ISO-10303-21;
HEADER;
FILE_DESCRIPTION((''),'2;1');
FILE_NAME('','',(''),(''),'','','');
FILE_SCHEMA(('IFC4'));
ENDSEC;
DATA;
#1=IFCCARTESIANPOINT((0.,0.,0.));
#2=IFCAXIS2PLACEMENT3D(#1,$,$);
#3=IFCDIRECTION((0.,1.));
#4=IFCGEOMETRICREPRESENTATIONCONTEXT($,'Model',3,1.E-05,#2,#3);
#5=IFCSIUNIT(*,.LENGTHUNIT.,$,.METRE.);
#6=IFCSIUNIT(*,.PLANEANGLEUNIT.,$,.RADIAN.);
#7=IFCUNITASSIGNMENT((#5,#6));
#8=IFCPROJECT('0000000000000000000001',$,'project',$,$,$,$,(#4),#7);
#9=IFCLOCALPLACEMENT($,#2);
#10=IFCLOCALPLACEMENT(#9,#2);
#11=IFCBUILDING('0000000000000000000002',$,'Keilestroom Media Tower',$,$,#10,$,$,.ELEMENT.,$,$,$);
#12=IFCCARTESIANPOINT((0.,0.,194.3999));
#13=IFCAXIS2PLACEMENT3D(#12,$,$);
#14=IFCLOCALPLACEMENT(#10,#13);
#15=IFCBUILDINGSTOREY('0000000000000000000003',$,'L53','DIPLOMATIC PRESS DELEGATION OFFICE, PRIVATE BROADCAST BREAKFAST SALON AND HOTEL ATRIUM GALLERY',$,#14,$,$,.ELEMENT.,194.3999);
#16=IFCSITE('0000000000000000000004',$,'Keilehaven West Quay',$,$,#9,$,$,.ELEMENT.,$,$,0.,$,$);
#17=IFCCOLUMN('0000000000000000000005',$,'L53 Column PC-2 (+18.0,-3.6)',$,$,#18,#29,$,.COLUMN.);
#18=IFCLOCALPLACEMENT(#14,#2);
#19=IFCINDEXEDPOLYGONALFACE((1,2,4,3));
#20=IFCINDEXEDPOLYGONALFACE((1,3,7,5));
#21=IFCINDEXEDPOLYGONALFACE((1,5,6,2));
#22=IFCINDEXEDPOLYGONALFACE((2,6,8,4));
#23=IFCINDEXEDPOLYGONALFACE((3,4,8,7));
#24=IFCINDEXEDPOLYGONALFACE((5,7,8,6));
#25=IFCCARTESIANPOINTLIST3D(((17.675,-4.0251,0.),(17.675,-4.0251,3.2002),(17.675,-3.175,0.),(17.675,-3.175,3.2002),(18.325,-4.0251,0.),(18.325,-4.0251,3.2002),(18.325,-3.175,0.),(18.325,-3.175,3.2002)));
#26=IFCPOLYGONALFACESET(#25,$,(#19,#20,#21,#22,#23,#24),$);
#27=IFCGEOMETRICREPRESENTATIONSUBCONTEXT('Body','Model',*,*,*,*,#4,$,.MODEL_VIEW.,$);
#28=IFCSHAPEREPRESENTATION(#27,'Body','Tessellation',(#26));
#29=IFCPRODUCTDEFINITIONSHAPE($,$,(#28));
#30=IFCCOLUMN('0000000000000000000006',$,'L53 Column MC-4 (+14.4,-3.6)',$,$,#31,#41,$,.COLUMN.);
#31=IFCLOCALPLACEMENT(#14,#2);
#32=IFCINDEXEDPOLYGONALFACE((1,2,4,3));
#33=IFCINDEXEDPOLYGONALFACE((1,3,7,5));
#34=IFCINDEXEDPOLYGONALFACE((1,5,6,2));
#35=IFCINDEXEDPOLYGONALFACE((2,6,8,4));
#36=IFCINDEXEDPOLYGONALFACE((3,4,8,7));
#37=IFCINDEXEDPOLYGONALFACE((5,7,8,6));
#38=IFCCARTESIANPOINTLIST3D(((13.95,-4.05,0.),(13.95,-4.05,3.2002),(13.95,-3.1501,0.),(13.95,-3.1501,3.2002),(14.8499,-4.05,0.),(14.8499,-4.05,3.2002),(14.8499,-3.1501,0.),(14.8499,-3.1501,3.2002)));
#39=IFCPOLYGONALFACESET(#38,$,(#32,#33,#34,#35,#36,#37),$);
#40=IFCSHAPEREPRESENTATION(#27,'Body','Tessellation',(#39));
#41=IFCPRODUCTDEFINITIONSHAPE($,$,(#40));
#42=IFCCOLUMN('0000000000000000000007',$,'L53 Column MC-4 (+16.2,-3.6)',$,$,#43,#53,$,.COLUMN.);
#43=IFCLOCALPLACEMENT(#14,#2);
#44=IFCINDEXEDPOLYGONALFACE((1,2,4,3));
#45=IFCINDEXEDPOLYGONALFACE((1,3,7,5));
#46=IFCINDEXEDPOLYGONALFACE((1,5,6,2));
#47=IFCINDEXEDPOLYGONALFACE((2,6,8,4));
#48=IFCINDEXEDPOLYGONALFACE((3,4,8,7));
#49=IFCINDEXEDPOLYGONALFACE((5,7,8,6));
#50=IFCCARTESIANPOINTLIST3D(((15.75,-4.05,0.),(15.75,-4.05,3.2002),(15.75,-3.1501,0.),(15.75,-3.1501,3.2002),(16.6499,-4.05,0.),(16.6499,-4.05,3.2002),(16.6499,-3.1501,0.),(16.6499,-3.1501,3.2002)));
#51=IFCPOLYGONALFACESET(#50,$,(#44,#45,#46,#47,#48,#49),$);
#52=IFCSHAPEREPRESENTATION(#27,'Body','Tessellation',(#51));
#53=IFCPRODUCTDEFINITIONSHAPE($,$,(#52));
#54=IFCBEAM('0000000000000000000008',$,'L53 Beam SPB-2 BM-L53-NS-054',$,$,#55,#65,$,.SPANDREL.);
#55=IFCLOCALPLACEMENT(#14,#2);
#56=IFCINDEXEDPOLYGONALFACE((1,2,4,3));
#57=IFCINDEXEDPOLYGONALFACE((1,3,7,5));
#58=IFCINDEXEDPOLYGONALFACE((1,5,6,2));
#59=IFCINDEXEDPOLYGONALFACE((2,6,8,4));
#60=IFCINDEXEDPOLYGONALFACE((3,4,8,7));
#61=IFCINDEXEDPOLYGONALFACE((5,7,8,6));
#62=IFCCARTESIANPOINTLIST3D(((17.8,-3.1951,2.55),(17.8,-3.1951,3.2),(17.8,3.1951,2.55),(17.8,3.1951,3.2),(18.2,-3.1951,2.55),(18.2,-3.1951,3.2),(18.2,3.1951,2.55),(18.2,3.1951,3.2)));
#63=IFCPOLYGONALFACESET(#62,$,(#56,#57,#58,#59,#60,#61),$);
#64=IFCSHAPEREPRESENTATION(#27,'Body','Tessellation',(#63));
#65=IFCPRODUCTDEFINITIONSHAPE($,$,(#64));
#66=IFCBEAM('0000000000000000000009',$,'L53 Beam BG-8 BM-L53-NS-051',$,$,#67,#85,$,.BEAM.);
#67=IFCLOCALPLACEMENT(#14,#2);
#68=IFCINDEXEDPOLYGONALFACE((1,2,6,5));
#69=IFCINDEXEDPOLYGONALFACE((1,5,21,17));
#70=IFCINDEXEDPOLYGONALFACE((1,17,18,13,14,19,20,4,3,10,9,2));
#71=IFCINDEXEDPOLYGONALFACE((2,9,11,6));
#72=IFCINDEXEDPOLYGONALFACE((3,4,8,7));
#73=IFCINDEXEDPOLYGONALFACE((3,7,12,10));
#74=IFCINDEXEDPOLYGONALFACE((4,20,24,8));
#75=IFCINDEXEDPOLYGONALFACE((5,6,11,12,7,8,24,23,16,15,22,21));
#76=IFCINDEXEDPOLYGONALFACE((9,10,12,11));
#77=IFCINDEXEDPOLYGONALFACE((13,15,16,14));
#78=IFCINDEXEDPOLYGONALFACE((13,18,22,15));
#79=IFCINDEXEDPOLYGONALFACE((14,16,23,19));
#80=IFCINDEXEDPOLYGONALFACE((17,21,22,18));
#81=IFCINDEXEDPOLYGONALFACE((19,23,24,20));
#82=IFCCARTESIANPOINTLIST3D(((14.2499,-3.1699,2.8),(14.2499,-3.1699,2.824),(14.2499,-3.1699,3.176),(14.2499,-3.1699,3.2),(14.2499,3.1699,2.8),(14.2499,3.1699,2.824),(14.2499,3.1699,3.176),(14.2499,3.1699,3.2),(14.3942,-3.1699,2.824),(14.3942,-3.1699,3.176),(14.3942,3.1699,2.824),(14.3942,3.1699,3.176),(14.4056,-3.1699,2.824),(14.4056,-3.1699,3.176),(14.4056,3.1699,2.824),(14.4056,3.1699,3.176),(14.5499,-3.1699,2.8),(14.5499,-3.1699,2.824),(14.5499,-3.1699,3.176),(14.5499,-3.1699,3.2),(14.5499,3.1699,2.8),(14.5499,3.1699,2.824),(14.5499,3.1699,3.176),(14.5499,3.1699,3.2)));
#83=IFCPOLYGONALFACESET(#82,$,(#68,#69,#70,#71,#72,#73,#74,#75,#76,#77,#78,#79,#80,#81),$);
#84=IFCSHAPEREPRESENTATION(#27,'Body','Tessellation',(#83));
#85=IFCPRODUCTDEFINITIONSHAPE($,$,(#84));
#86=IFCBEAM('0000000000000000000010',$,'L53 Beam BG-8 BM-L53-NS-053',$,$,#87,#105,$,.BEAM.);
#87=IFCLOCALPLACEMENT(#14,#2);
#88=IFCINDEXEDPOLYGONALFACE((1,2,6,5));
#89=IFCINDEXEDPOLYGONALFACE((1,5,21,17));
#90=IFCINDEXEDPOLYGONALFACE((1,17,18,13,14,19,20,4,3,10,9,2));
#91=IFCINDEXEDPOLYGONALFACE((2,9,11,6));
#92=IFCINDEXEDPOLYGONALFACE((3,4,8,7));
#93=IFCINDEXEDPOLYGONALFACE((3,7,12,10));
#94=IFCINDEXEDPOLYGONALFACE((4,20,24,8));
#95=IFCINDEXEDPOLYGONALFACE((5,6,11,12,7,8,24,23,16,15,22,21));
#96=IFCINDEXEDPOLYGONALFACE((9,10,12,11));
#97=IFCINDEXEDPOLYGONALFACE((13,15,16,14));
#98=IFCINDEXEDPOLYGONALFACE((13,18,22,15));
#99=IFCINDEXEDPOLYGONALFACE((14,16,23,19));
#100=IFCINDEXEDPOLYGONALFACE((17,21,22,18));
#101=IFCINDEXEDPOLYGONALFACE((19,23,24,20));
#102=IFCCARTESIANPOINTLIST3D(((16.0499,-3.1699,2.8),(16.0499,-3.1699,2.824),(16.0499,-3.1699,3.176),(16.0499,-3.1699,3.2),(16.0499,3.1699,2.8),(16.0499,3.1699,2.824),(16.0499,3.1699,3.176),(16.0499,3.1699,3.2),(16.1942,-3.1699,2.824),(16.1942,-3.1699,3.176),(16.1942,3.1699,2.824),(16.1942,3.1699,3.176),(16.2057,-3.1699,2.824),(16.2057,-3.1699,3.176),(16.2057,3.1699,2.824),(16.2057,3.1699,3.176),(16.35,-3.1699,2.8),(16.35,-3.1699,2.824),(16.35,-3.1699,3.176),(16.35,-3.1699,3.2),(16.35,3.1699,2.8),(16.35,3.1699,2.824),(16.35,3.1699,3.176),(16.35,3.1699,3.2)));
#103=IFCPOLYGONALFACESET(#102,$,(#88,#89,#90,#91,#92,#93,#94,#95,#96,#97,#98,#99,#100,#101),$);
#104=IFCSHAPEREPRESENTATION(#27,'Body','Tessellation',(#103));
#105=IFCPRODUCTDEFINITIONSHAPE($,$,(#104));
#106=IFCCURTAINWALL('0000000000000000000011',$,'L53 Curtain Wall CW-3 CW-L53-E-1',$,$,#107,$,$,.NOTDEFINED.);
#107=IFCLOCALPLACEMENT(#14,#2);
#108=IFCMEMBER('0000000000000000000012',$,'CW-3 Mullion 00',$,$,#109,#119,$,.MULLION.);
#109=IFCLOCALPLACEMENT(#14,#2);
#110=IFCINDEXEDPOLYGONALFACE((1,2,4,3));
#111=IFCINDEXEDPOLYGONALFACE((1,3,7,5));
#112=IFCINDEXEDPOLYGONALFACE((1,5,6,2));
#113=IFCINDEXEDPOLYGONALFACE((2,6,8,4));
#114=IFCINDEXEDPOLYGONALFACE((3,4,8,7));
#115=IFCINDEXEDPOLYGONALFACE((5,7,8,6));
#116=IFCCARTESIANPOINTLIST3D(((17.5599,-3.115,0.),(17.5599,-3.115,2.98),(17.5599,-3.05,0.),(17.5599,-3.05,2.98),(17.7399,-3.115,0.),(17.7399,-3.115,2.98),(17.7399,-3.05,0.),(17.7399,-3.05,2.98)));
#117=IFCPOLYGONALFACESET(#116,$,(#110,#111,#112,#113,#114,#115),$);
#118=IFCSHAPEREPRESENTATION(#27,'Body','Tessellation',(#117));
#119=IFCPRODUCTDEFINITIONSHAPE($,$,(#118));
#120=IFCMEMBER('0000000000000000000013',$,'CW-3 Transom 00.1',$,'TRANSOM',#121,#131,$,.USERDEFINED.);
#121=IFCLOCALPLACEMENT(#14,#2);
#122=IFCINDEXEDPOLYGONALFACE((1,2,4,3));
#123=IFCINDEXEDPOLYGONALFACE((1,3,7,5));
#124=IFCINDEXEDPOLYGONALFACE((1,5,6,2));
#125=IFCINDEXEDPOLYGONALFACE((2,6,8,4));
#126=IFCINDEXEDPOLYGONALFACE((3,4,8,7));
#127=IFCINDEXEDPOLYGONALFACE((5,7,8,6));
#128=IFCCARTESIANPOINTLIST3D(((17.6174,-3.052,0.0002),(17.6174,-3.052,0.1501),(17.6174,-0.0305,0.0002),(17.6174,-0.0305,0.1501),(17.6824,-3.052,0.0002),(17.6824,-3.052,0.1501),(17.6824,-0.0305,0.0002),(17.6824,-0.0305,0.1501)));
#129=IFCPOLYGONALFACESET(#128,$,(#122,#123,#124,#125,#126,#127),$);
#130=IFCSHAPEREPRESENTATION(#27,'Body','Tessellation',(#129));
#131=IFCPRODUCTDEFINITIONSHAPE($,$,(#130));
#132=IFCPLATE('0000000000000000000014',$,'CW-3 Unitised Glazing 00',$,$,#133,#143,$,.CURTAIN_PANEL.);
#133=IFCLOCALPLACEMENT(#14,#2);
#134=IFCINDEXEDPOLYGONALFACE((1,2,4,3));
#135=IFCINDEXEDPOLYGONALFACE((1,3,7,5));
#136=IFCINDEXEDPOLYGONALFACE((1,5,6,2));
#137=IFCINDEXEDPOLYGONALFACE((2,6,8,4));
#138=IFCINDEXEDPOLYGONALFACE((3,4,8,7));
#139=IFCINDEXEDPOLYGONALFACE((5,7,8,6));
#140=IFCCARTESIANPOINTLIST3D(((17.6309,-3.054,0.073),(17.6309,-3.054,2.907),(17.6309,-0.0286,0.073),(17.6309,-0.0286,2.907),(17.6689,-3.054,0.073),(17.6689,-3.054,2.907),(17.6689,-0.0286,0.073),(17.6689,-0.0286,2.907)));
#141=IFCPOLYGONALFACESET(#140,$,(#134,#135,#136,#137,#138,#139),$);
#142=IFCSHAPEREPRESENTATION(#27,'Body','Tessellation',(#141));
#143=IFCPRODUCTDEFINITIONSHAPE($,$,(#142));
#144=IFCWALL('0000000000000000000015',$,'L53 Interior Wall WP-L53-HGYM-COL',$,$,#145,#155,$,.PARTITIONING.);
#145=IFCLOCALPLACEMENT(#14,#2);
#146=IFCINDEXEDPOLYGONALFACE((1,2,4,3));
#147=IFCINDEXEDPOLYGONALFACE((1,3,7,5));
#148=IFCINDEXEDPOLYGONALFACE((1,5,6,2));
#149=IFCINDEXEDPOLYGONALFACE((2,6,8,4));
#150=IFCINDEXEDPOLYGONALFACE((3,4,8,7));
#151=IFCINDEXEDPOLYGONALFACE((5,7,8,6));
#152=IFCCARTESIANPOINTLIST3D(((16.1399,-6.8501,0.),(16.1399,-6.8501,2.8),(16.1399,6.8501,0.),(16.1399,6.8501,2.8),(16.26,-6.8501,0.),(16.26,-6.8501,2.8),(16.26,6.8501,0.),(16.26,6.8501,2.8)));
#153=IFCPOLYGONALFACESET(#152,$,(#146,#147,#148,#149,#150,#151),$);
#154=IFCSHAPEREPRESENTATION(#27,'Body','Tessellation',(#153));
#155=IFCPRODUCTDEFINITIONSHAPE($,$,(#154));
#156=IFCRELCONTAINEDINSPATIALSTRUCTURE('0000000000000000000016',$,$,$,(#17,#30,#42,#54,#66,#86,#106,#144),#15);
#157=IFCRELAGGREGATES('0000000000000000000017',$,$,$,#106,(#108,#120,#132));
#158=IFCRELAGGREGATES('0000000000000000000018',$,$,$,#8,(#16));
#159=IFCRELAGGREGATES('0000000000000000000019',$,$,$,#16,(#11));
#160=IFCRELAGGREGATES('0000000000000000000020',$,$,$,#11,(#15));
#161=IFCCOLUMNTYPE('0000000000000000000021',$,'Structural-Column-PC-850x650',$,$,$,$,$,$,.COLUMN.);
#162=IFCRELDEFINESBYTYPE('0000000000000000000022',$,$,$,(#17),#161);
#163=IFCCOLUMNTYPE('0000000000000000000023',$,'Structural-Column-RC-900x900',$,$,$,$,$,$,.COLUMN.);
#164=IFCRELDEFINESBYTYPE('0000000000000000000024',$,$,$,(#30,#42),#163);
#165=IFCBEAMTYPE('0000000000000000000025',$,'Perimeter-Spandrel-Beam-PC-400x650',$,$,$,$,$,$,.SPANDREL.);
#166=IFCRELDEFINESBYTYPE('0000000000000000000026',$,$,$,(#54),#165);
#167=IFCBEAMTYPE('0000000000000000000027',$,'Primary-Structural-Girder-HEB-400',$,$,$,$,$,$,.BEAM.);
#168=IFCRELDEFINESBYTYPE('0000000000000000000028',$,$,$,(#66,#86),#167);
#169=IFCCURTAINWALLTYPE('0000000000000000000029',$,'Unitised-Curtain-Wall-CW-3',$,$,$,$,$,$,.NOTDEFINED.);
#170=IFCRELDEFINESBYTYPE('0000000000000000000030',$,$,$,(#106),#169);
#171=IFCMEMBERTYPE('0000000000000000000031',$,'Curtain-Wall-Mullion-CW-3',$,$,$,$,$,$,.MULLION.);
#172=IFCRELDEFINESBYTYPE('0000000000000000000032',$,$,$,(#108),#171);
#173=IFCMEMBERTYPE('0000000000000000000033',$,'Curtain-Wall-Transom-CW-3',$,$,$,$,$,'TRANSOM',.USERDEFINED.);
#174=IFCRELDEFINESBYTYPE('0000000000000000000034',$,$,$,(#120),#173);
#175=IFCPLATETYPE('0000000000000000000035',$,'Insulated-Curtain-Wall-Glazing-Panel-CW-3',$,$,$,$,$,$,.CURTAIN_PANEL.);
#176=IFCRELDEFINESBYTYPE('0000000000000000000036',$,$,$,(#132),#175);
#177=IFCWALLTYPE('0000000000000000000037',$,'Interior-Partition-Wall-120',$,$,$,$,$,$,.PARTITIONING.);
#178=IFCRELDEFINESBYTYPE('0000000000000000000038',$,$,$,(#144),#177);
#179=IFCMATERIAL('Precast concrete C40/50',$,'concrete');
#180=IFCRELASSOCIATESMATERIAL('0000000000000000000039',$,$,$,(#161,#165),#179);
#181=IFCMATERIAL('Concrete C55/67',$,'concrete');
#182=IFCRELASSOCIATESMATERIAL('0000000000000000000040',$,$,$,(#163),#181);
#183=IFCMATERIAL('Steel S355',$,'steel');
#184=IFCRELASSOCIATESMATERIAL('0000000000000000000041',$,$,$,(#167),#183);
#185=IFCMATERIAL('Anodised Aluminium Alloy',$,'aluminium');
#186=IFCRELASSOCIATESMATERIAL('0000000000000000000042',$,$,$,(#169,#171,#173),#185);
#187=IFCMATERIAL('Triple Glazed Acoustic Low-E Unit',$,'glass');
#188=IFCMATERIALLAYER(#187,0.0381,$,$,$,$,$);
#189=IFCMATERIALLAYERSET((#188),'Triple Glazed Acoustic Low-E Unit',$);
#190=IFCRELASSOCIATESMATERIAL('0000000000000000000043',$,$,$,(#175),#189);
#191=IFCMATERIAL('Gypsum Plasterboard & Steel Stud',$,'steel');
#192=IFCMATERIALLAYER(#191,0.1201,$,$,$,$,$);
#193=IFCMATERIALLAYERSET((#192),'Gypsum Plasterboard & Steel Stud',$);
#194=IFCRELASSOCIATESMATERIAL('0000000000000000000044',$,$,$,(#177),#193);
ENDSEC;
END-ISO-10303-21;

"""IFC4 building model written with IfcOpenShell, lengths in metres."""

from ifc_helpers import new_model, si_unit, direction, frame, frame_2d, origin, origin_2d, place, context, subcontext, project, spatial, rectangle, i_section, extrude, source, transform, mapped, material, layer, layer_set, material_profile, profile_set, type_object, element, aggregate, save


model = new_model("IFC4")

# Units and contexts
model_context = context("Model", 3, precision=1e-05, world=origin(), true_north=direction((0.0, 1.0)))
body_context = subcontext(model_context, "Body", "Model", "MODEL_VIEW")
ifc_project = project(units=[si_unit("LENGTHUNIT", "METRE"), si_unit("PLANEANGLEUNIT", "RADIAN")], contexts=[model_context])

# Site, building, storey
site_placement = place(None, origin())
site = spatial("IfcSite", under=ifc_project, at=site_placement, Name="Keilehaven West Quay", CompositionType="ELEMENT", RefElevation=0.0)
building_placement = place(site_placement, origin())
building = spatial("IfcBuilding", under=site, at=building_placement, Name="Keilestroom Media Tower", CompositionType="ELEMENT")
storey_placement = place(building_placement, frame((0.0, 0.0, 194.3999)))
storey = spatial("IfcBuildingStorey", under=building, at=storey_placement, Name="L53", Description="DIPLOMATIC PRESS DELEGATION OFFICE, PRIVATE BROADCAST BREAKFAST SALON AND HOTEL ATRIUM GALLERY", CompositionType="ELEMENT", Elevation=194.3999)

# Columns
ifc_material_1 = material(Name="Precast concrete C40/50", Category="concrete")
ifc_material_profile_1 = material_profile(ifc_material_1, rectangle(XDim=0.6499, YDim=0.8501, at=origin_2d()), Name="PC 850x650")
ifc_profile_set_1 = profile_set([ifc_material_profile_1], Name="Precast concrete C40/50")
column_type_1 = type_object("IfcColumnType", Name="Structural-Column-PC-850x650", PredefinedType="COLUMN", material=ifc_profile_set_1)
shared_shape_1 = source(origin(), body_context, "Body", "SweptSolid", [
    extrude(rectangle(XDim=0.6499, YDim=0.8501, at=origin_2d()), origin(), (0.0, 0.0, 1.0), 3.2002),
])
column_placement = place(storey_placement, frame((18.0, -3.6001, 0.0), z_axis=(0.0, 0.0, 1.0), x_axis=(1.0, 0.0, 0.0)))
element("IfcColumn", 1, at=column_placement, inside=storey, type_object=column_type_1, Name="L53 Column PC-2 (+18.0,-3.6)", PredefinedType="COLUMN", context=body_context, shape_type="MappedRepresentation", body=[
    mapped(shared_shape_1, transform((0.0, 0.0, 0.0), x_axis=(1.0, 0.0, 0.0), y_axis=(0.0, 1.0, 0.0), z_axis=(0.0, 0.0, 1.0), scale=1.0)),
])
ifc_material_2 = material(Name="Concrete C55/67", Category="concrete")
ifc_material_profile_2 = material_profile(ifc_material_2, rectangle(XDim=0.8999, YDim=0.8999, at=origin_2d()), Name="RC 900x900")
ifc_profile_set_2 = profile_set([ifc_material_profile_2], Name="Concrete C55/67")
column_type_2 = type_object("IfcColumnType", Name="Structural-Column-RC-900x900", PredefinedType="COLUMN", material=ifc_profile_set_2)
shared_shape_2 = source(origin(), body_context, "Body", "SweptSolid", [
    extrude(rectangle(XDim=0.8999, YDim=0.8999, at=origin_2d()), origin(), (0.0, 0.0, 1.0), 3.2002),
])
for number, where, z_axis, x_axis, name in (
    (2, (14.3999, -3.6001, 0.0), (0.0, 0.0, 1.0), (1.0, 0.0, 0.0), "L53 Column MC-4 (+14.4,-3.6)"),
    (3, (16.2, -3.6001, 0.0), (0.0, 0.0, 1.0), (1.0, 0.0, 0.0), "L53 Column MC-4 (+16.2,-3.6)"),
):
    element("IfcColumn", number, at=place(storey_placement, frame(where, z_axis=z_axis, x_axis=x_axis)), inside=storey, type_object=column_type_2, Name=name, PredefinedType="COLUMN", context=body_context, shape_type="MappedRepresentation", body=[
        mapped(shared_shape_2, transform((0.0, 0.0, 0.0), x_axis=(1.0, 0.0, 0.0), y_axis=(0.0, 1.0, 0.0), z_axis=(0.0, 0.0, 1.0), scale=1.0)),
    ])

# Beams
ifc_material_profile_3 = material_profile(ifc_material_1, rectangle(XDim=0.3999, YDim=0.6499, at=origin_2d()), Name="PC 400x650")
ifc_profile_set_3 = profile_set([ifc_material_profile_3], Name="Precast concrete C40/50")
beam_type_1 = type_object("IfcBeamType", Name="Perimeter-Spandrel-Beam-PC-400x650", PredefinedType="SPANDREL", material=ifc_profile_set_3)
shared_shape_3 = source(origin(), body_context, "Body", "SweptSolid", [
    extrude(rectangle(XDim=0.3999, YDim=0.6499, at=origin_2d()), origin(), (0.0, 0.0, 1.0), 6.3901),
])
beam_placement = place(storey_placement, frame((18.0, -3.1951, 2.875), z_axis=(0.0, 1.0, 0.0), x_axis=(-1.0, 0.0, 0.0)))
element("IfcBeam", 4, at=beam_placement, inside=storey, type_object=beam_type_1, Name="L53 Beam SPB-2 BM-L53-NS-054", PredefinedType="SPANDREL", context=body_context, shape_type="MappedRepresentation", body=[
    mapped(shared_shape_3, transform((0.0, 0.0, 0.0), x_axis=(1.0, 0.0, 0.0), y_axis=(0.0, 1.0, 0.0), z_axis=(0.0, 0.0, 1.0), scale=1.0)),
])
ifc_material_3 = material(Name="Steel S355", Category="steel")
ifc_material_profile_4 = material_profile(ifc_material_3, i_section(OverallWidth=0.3, OverallDepth=0.3999, WebThickness=0.0115, FlangeThickness=0.0239, at=origin_2d()), Name="HEB 400")
ifc_profile_set_4 = profile_set([ifc_material_profile_4], Name="Steel S355")
beam_type_2 = type_object("IfcBeamType", Name="Primary-Structural-Girder-HEB-400", PredefinedType="BEAM", material=ifc_profile_set_4)
shared_shape_4 = source(origin(), body_context, "Body", "SweptSolid", [
    extrude(i_section(OverallWidth=0.3, OverallDepth=0.3999, WebThickness=0.0115, FlangeThickness=0.0239, at=origin_2d()), origin(), (0.0, 0.0, 1.0), 6.3398),
])
for number, where, z_axis, x_axis, name in (
    (5, (14.3999, -3.1699, 3.0), (0.0, 1.0, 0.0), (-1.0, 0.0, 0.0), "L53 Beam BG-8 BM-L53-NS-051"),
    (6, (16.2, -3.1699, 3.0), (0.0, 1.0, 0.0), (-1.0, 0.0, 0.0), "L53 Beam BG-8 BM-L53-NS-053"),
):
    element("IfcBeam", number, at=place(storey_placement, frame(where, z_axis=z_axis, x_axis=x_axis)), inside=storey, type_object=beam_type_2, Name=name, PredefinedType="BEAM", context=body_context, shape_type="MappedRepresentation", body=[
        mapped(shared_shape_4, transform((0.0, 0.0, 0.0), x_axis=(1.0, 0.0, 0.0), y_axis=(0.0, 1.0, 0.0), z_axis=(0.0, 0.0, 1.0), scale=1.0)),
    ])

# Curtain wall, members, plate
ifc_material_4 = material(Name="Anodised Aluminium Alloy", Category="aluminium")
curtain_wall_type = type_object("IfcCurtainWallType", Name="Unitised-Curtain-Wall-CW-3", PredefinedType="NOTDEFINED", material=ifc_material_4)
curtain_wall_placement = place(storey_placement, origin())
curtain_wall = element("IfcCurtainWall", 7, at=curtain_wall_placement, inside=storey, type_object=curtain_wall_type, Name="L53 Curtain Wall CW-3 CW-L53-E-1", PredefinedType="NOTDEFINED")
ifc_material_profile_5 = material_profile(ifc_material_4, rectangle(XDim=0.0649, YDim=0.1799, at=origin_2d()), Name="ALU MULLION 65x180")
ifc_profile_set_5 = profile_set([ifc_material_profile_5], Name="Anodised Aluminium Alloy")
member_type_1 = type_object("IfcMemberType", Name="Curtain-Wall-Mullion-CW-3", PredefinedType="MULLION", material=ifc_profile_set_5)
shared_shape_5 = source(origin(), body_context, "Body", "SweptSolid", [
    extrude(rectangle(XDim=0.0649, YDim=0.1799, at=origin_2d()), origin(), (0.0, 0.0, 1.0), 2.98),
])
member_1_placement = place(storey_placement, frame((17.6499, -3.0825, 0.0), z_axis=(0.0, 0.0, 1.0), x_axis=(0.0, 1.0, 0.0)))
member_1 = element("IfcMember", 8, at=member_1_placement, type_object=member_type_1, Name="CW-3 Mullion 00", PredefinedType="MULLION", context=body_context, shape_type="MappedRepresentation", body=[
    mapped(shared_shape_5, transform((0.0, 0.0, 0.0), x_axis=(1.0, 0.0, 0.0), y_axis=(0.0, 1.0, 0.0), z_axis=(0.0, 0.0, 1.0), scale=1.0)),
])
ifc_material_profile_6 = material_profile(ifc_material_4, rectangle(XDim=0.0649, YDim=0.1499, at=origin_2d()), Name="ALU TRANSOM 65x150")
ifc_profile_set_6 = profile_set([ifc_material_profile_6], Name="Anodised Aluminium Alloy")
member_type_2 = type_object("IfcMemberType", Name="Curtain-Wall-Transom-CW-3", ElementType="TRANSOM", PredefinedType="USERDEFINED", material=ifc_profile_set_6)
shared_shape_6 = source(origin(), body_context, "Body", "SweptSolid", [
    extrude(rectangle(XDim=0.0649, YDim=0.1499, at=origin_2d()), origin(), (0.0, 0.0, 1.0), 3.0215),
])
member_2_placement = place(storey_placement, frame((17.6499, -3.052, 0.0752), z_axis=(0.0, 1.0, 0.0), x_axis=(-1.0, 0.0, 0.0)))
member_2 = element("IfcMember", 9, at=member_2_placement, type_object=member_type_2, Name="CW-3 Transom 00.1", ObjectType="TRANSOM", PredefinedType="USERDEFINED", context=body_context, shape_type="MappedRepresentation", body=[
    mapped(shared_shape_6, transform((0.0, 0.0, 0.0), x_axis=(1.0, 0.0, 0.0), y_axis=(0.0, 1.0, 0.0), z_axis=(0.0, 0.0, 1.0), scale=1.0)),
])
ifc_material_5 = material(Name="Triple Glazed Acoustic Low-E Unit", Category="glass")
ifc_layer_1 = layer(ifc_material_5, 0.0381)
ifc_layer_set_1 = layer_set([ifc_layer_1], Name="Triple Glazed Acoustic Low-E Unit")
plate_type = type_object("IfcPlateType", Name="Insulated-Curtain-Wall-Glazing-Panel-CW-3", PredefinedType="CURTAIN_PANEL", material=ifc_layer_set_1)
shared_shape_7 = source(origin(), body_context, "Body", "SweptSolid", [
    extrude(rectangle(XDim=3.0254, YDim=0.0381, at=origin_2d()), origin(), (0.0, 0.0, 1.0), 2.834),
])
plate_placement = place(storey_placement, frame((17.6499, -1.5413, 0.073), z_axis=(0.0, 0.0, 1.0), x_axis=(0.0, 1.0, 0.0)))
plate = element("IfcPlate", 10, at=plate_placement, type_object=plate_type, Name="CW-3 Unitised Glazing 00", PredefinedType="CURTAIN_PANEL", context=body_context, shape_type="MappedRepresentation", body=[
    mapped(shared_shape_7, transform((0.0, 0.0, 0.0), x_axis=(1.0, 0.0, 0.0), y_axis=(0.0, 1.0, 0.0), z_axis=(0.0, 0.0, 1.0), scale=1.0)),
])
aggregate(curtain_wall, [member_1, member_2, plate])

# Wall
ifc_material_6 = material(Name="Gypsum Plasterboard & Steel Stud", Category="steel")
ifc_layer_2 = layer(ifc_material_6, 0.1201)
ifc_layer_set_2 = layer_set([ifc_layer_2], Name="Gypsum Plasterboard & Steel Stud")
wall_type_1 = type_object("IfcWallType", Name="Interior-Partition-Wall-120", PredefinedType="PARTITIONING", material=ifc_layer_set_2)
wall_1_placement = place(storey_placement, frame((16.2, -6.8501, 0.0), z_axis=(0.0, 0.0, 1.0), x_axis=(0.0, 1.0, 0.0)))
element("IfcWall", 11, at=wall_1_placement, inside=storey, type_object=wall_type_1, Name="L53 Interior Wall WP-L53-HGYM-COL", PredefinedType="PARTITIONING", context=body_context, shape_type="SweptSolid", body=[
    extrude(rectangle(XDim=13.7002, YDim=0.1201, at=frame_2d((6.8501, 0.0))), origin(), (0.0, 0.0, 1.0), 2.8),
])

save(model, "model.ifc")
